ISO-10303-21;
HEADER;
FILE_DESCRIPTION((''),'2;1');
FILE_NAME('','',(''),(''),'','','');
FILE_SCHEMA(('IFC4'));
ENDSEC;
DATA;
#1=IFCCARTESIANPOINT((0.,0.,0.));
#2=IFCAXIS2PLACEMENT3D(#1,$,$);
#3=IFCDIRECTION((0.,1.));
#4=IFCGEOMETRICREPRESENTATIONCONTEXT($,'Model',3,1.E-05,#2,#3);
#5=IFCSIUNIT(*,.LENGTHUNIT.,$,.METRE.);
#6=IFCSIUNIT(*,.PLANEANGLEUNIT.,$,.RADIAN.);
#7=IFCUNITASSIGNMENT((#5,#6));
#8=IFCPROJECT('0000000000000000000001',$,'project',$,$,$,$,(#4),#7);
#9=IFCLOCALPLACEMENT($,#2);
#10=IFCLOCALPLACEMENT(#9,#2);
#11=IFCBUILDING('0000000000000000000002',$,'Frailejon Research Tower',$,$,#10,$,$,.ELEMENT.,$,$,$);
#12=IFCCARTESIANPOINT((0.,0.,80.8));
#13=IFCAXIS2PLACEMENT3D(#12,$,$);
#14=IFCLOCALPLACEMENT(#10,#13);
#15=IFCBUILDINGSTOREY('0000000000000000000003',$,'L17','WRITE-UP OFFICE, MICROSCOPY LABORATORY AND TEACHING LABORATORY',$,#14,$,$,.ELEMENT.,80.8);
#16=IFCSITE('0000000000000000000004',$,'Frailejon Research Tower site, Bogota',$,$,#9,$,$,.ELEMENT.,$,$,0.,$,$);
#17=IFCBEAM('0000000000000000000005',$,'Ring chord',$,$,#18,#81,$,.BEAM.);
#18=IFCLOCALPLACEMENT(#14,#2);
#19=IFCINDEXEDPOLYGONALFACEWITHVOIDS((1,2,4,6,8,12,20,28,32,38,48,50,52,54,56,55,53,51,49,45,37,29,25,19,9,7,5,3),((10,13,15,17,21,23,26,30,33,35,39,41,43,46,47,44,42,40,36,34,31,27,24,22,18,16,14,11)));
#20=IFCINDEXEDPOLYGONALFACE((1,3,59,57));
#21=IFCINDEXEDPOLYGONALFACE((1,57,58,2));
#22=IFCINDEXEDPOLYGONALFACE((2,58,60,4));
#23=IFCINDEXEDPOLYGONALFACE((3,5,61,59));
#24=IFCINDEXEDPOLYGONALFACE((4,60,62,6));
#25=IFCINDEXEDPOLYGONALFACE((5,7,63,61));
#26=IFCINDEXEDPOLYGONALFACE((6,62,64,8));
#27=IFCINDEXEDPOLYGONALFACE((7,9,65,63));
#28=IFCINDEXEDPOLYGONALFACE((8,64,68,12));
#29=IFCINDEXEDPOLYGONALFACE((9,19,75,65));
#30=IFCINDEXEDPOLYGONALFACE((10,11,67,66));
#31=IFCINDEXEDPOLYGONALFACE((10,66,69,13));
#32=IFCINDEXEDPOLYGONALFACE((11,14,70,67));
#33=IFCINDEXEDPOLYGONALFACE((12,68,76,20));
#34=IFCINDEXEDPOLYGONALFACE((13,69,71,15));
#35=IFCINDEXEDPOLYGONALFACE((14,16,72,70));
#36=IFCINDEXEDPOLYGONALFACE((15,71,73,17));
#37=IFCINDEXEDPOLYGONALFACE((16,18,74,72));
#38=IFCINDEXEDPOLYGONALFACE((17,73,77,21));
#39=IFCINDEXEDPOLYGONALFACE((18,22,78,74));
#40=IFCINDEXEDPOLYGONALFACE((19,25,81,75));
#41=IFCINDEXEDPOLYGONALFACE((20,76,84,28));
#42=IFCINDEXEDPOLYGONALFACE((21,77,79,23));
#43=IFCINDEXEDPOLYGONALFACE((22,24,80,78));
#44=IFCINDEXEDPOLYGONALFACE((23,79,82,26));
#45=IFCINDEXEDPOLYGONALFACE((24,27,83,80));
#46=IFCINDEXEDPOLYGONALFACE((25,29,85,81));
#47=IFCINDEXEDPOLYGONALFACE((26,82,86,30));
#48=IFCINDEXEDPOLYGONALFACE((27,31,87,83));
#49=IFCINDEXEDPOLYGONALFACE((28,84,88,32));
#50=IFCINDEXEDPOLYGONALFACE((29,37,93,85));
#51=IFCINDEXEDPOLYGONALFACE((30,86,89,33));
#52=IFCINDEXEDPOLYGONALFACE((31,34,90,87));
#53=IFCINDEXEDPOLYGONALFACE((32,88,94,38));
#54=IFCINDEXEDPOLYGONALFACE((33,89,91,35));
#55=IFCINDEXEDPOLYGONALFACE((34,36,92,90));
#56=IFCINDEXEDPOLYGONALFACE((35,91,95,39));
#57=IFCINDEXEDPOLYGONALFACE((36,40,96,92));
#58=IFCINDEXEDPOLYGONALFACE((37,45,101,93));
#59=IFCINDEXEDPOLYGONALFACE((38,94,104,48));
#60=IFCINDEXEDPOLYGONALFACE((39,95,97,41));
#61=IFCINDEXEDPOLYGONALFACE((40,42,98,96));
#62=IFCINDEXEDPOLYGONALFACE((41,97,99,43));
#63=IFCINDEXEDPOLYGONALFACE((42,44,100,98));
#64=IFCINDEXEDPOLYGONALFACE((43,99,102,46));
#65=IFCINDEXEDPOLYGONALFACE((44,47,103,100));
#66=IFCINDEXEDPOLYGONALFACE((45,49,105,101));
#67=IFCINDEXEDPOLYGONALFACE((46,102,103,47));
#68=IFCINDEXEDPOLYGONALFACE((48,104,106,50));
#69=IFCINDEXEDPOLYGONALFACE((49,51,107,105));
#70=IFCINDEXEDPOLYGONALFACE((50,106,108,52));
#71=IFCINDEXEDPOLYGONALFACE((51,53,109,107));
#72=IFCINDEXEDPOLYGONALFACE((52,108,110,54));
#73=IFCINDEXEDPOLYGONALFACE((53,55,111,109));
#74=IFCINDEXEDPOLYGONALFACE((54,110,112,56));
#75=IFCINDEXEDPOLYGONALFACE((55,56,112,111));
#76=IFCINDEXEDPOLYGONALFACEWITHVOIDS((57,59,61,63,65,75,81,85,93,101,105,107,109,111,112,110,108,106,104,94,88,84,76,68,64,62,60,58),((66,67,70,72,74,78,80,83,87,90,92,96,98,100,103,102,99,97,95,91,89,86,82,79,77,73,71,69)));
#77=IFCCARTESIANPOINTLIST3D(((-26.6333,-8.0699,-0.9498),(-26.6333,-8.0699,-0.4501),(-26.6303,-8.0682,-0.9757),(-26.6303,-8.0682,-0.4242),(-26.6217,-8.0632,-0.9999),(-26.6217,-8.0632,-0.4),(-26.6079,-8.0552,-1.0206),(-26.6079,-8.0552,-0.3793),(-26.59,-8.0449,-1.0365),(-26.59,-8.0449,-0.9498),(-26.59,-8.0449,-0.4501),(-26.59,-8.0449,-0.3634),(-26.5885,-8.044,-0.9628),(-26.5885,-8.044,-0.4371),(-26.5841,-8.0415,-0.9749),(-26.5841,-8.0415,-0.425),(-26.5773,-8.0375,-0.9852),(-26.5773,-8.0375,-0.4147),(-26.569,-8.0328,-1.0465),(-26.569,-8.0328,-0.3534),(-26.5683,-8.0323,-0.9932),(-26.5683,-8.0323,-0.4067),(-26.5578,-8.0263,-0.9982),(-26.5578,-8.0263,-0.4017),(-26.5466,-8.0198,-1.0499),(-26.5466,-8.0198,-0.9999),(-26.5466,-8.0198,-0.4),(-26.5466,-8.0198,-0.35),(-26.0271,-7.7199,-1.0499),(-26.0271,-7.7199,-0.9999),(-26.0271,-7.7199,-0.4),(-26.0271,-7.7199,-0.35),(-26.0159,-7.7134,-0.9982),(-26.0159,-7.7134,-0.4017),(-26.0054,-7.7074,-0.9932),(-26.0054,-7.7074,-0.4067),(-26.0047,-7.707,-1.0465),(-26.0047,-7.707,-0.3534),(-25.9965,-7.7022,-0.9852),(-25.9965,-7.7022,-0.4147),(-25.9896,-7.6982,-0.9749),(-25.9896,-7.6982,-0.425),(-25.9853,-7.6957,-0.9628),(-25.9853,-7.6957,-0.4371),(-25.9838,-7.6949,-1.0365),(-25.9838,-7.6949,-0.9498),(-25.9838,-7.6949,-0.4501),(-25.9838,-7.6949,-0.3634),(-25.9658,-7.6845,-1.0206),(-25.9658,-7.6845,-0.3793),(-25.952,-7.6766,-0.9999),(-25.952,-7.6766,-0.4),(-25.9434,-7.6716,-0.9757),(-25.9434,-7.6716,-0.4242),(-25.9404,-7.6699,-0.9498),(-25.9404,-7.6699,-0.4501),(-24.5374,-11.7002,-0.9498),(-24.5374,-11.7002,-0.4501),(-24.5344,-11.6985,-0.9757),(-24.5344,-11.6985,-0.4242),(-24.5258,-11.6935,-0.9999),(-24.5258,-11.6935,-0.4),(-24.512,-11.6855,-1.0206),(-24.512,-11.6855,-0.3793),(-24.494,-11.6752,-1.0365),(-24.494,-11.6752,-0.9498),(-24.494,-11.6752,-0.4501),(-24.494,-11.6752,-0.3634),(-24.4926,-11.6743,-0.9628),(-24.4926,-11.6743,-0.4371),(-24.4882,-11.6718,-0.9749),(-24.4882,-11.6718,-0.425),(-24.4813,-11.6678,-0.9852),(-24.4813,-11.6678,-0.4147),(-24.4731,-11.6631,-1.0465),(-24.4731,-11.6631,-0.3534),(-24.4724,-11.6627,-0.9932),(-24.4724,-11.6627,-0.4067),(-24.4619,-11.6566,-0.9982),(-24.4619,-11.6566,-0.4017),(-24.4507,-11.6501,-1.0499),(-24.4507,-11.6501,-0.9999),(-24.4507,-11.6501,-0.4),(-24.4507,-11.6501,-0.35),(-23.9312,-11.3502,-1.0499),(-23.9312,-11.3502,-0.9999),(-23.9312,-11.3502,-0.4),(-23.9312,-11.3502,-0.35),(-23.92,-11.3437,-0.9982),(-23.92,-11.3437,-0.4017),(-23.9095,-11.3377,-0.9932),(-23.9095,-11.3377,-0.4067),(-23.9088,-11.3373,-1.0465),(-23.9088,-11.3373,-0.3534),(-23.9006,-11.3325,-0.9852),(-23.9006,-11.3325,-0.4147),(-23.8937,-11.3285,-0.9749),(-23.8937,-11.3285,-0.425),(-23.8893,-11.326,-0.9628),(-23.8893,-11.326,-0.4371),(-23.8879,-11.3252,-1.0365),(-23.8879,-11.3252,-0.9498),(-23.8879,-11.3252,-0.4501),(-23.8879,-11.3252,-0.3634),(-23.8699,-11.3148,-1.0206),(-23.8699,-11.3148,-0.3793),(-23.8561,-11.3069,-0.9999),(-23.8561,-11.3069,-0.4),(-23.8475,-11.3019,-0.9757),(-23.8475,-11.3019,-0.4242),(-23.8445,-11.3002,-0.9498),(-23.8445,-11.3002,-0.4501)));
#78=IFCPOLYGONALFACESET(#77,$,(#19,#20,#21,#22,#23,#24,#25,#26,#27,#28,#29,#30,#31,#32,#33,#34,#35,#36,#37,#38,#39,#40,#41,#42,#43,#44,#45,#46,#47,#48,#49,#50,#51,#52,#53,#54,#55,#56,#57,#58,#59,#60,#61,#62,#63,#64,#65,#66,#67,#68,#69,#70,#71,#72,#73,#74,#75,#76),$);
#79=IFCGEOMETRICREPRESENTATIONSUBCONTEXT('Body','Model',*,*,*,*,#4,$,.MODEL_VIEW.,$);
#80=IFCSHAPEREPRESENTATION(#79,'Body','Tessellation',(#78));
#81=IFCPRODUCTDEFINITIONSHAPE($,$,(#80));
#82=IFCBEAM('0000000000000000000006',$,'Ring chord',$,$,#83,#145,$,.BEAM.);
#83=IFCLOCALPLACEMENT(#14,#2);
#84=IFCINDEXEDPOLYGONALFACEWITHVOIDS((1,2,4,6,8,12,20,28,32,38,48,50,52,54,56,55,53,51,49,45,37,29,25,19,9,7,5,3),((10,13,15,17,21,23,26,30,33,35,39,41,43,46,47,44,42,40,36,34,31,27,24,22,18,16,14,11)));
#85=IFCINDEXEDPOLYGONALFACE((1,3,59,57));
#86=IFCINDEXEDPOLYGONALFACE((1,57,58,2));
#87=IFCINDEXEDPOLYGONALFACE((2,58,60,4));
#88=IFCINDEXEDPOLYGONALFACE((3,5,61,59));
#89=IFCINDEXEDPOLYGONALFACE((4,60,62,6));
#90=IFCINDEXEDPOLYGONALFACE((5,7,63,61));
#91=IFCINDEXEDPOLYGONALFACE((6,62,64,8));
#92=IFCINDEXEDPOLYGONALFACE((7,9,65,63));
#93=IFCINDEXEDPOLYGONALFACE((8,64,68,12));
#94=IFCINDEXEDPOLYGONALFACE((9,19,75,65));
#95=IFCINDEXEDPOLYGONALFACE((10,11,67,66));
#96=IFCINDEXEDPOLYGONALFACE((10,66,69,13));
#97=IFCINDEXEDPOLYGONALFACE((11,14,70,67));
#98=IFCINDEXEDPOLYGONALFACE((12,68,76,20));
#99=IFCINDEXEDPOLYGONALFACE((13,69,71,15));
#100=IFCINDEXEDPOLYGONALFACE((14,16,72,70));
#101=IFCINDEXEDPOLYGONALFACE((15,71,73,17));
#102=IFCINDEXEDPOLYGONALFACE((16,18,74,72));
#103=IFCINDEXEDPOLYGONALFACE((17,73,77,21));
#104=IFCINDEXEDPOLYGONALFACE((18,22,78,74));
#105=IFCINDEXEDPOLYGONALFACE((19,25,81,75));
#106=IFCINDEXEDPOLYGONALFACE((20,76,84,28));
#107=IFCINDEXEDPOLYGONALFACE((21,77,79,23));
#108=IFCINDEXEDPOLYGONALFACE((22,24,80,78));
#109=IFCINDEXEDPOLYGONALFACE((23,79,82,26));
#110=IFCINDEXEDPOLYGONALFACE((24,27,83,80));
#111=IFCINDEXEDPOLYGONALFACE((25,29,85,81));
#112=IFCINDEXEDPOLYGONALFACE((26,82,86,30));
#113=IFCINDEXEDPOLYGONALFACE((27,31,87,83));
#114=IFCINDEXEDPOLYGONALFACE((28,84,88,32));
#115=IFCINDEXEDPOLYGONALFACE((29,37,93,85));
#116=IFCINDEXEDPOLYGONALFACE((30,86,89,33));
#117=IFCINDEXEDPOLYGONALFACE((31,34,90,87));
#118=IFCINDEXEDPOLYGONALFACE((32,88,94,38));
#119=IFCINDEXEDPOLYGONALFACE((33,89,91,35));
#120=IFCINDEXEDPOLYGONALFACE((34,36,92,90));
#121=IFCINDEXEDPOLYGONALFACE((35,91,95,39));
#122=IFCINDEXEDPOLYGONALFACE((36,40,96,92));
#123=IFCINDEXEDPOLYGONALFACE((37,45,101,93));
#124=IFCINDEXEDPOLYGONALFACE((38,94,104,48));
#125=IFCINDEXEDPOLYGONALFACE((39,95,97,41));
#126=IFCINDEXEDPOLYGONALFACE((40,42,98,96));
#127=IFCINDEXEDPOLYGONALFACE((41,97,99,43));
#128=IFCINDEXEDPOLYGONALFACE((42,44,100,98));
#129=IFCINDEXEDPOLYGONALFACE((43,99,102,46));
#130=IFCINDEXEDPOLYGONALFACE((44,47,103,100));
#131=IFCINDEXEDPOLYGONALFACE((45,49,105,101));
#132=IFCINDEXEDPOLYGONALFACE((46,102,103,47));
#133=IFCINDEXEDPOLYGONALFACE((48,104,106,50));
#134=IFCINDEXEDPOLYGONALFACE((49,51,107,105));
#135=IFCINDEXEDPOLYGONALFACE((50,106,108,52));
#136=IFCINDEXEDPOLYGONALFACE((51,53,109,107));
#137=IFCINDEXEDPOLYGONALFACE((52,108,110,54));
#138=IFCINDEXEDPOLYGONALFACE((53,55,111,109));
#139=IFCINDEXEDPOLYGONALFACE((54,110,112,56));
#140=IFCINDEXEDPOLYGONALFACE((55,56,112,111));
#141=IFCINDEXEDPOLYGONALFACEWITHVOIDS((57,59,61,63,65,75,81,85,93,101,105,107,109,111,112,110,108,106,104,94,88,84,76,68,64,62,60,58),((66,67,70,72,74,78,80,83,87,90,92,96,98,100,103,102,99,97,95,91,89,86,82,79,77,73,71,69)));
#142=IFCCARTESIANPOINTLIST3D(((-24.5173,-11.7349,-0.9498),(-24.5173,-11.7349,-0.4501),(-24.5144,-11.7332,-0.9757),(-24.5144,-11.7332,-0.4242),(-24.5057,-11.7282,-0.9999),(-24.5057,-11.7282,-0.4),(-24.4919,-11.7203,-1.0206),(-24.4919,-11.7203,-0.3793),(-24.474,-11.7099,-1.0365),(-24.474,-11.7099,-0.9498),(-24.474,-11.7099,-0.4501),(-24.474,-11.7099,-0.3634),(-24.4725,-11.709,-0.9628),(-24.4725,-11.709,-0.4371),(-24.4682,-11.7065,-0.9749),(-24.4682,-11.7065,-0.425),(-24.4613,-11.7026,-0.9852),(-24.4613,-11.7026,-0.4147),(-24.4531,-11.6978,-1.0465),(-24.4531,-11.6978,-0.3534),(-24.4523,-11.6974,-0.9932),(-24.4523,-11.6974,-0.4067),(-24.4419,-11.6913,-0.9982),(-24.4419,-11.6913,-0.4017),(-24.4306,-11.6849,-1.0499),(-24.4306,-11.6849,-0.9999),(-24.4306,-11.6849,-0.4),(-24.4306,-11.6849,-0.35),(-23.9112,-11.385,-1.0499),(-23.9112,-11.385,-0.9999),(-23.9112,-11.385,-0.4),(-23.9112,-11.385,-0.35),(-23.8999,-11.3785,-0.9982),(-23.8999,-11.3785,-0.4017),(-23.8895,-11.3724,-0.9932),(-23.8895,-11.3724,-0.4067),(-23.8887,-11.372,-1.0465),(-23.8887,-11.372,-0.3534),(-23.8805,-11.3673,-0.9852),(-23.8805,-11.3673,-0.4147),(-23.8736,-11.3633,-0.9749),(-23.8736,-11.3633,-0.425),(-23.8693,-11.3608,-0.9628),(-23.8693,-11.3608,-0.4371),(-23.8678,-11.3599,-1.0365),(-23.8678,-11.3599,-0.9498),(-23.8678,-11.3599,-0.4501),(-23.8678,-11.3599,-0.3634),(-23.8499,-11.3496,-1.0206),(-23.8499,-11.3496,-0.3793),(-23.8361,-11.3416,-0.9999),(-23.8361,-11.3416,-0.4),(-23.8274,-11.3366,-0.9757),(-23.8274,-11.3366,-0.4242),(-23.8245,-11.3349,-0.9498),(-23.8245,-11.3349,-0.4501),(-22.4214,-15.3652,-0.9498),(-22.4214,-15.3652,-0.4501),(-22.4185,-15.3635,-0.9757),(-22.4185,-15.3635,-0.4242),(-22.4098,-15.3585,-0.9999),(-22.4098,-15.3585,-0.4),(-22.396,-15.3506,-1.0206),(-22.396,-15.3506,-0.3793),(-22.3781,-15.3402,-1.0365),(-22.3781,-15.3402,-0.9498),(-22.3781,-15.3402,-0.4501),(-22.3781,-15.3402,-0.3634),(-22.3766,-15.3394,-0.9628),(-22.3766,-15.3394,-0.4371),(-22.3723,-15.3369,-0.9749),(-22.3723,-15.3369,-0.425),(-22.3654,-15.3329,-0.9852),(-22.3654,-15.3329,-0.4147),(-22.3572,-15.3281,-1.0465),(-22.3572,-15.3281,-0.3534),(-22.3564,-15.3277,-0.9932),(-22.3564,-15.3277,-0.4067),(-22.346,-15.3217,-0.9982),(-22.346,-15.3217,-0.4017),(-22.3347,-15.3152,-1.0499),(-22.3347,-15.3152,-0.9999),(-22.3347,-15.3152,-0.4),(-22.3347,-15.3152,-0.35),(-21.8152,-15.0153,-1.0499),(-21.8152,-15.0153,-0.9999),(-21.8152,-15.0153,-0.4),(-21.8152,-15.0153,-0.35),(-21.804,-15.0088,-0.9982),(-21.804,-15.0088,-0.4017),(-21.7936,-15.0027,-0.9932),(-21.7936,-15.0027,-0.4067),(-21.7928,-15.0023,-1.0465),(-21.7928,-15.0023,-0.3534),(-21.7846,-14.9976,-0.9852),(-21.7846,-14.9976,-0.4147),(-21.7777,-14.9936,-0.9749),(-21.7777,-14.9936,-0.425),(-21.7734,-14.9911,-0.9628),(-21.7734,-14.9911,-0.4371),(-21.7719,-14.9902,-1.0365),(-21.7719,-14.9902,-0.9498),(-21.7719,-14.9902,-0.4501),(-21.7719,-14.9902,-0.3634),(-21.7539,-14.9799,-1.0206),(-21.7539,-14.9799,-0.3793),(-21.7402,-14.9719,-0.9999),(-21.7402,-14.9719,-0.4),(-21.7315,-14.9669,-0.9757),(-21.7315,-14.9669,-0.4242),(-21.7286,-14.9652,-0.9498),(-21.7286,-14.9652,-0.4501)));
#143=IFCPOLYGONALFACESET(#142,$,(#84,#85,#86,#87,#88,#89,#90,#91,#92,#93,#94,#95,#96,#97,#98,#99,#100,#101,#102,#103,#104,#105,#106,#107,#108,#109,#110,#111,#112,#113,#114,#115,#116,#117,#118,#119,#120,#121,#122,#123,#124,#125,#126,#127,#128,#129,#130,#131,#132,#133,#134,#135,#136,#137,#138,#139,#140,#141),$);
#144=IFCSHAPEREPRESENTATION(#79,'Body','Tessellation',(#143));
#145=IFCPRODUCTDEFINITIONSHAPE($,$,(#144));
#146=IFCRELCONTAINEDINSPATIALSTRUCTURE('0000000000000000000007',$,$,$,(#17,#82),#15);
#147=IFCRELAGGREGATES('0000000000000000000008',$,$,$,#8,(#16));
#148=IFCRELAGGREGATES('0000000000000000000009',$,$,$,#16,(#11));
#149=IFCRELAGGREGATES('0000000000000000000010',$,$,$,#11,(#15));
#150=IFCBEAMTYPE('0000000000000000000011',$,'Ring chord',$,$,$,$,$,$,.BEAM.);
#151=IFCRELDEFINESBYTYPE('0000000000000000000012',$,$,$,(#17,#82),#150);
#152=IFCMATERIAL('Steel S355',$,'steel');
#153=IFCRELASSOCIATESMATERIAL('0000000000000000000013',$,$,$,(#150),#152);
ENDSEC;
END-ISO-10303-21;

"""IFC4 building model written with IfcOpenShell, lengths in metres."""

from ifc_helpers import new_model, si_unit, direction, frame, origin, origin_2d, place, context, subcontext, project, spatial, hollow_rectangle, extrude, material, material_profile, profile_set, type_object, element, save


model = new_model("IFC4")

# Units and contexts
model_context = context("Model", 3, precision=1e-05, world=origin(), true_north=direction((0.0, 1.0)))
body_context = subcontext(model_context, "Body", "Model", "MODEL_VIEW")
ifc_project = project(units=[si_unit("LENGTHUNIT", "METRE"), si_unit("PLANEANGLEUNIT", "RADIAN")], contexts=[model_context])

# Site, building, storey
site_placement = place(None, origin())
site = spatial("IfcSite", under=ifc_project, at=site_placement, Name="Frailejon Research Tower site, Bogota", CompositionType="ELEMENT", RefElevation=0.0)
building_placement = place(site_placement, origin())
building = spatial("IfcBuilding", under=site, at=building_placement, Name="Frailejon Research Tower", CompositionType="ELEMENT")
storey_placement = place(building_placement, frame((0.0, 0.0, 80.8)))
storey = spatial("IfcBuildingStorey", under=building, at=storey_placement, Name="L17", Description="WRITE-UP OFFICE, MICROSCOPY LABORATORY AND TEACHING LABORATORY", CompositionType="ELEMENT", Elevation=80.8)

# Beams
ifc_material_1 = material(Name="Steel S355", Category="steel")
ifc_material_profile_1 = material_profile(ifc_material_1, hollow_rectangle(XDim=0.8, YDim=0.7, WallThickness=0.05, InnerFilletRadius=0.05, OuterFilletRadius=0.1001, at=origin_2d()), Name="Ring chord")
ifc_profile_set_1 = profile_set([ifc_material_profile_1], Name="Steel S355")
beam_type_1 = type_object("IfcBeamType", Name="Ring chord", PredefinedType="BEAM", material=ifc_profile_set_1)
for number, where, z_axis, x_axis, name in (
    (1, (-26.2869, -7.8699, -0.7), (0.499991, -0.86603, 0.0), (0.86603, 0.499991, 0.0), "Ring chord"),
    (2, (-24.1709, -11.5349, -0.7), (0.499991, -0.86603, 0.0), (0.86603, 0.499991, 0.0), "Ring chord"),
):
    element("IfcBeam", number, at=place(storey_placement, frame(where, z_axis=z_axis, x_axis=x_axis)), inside=storey, type_object=beam_type_1, Name=name, PredefinedType="BEAM", context=body_context, shape_type="SweptSolid", body=[
        extrude(hollow_rectangle(XDim=0.8, YDim=0.7, WallThickness=0.05, InnerFilletRadius=0.05, OuterFilletRadius=0.1001, at=origin_2d()), origin(), (0.0, 0.0, 1.0), 4.1919),
    ])

save(model, "model.ifc")
